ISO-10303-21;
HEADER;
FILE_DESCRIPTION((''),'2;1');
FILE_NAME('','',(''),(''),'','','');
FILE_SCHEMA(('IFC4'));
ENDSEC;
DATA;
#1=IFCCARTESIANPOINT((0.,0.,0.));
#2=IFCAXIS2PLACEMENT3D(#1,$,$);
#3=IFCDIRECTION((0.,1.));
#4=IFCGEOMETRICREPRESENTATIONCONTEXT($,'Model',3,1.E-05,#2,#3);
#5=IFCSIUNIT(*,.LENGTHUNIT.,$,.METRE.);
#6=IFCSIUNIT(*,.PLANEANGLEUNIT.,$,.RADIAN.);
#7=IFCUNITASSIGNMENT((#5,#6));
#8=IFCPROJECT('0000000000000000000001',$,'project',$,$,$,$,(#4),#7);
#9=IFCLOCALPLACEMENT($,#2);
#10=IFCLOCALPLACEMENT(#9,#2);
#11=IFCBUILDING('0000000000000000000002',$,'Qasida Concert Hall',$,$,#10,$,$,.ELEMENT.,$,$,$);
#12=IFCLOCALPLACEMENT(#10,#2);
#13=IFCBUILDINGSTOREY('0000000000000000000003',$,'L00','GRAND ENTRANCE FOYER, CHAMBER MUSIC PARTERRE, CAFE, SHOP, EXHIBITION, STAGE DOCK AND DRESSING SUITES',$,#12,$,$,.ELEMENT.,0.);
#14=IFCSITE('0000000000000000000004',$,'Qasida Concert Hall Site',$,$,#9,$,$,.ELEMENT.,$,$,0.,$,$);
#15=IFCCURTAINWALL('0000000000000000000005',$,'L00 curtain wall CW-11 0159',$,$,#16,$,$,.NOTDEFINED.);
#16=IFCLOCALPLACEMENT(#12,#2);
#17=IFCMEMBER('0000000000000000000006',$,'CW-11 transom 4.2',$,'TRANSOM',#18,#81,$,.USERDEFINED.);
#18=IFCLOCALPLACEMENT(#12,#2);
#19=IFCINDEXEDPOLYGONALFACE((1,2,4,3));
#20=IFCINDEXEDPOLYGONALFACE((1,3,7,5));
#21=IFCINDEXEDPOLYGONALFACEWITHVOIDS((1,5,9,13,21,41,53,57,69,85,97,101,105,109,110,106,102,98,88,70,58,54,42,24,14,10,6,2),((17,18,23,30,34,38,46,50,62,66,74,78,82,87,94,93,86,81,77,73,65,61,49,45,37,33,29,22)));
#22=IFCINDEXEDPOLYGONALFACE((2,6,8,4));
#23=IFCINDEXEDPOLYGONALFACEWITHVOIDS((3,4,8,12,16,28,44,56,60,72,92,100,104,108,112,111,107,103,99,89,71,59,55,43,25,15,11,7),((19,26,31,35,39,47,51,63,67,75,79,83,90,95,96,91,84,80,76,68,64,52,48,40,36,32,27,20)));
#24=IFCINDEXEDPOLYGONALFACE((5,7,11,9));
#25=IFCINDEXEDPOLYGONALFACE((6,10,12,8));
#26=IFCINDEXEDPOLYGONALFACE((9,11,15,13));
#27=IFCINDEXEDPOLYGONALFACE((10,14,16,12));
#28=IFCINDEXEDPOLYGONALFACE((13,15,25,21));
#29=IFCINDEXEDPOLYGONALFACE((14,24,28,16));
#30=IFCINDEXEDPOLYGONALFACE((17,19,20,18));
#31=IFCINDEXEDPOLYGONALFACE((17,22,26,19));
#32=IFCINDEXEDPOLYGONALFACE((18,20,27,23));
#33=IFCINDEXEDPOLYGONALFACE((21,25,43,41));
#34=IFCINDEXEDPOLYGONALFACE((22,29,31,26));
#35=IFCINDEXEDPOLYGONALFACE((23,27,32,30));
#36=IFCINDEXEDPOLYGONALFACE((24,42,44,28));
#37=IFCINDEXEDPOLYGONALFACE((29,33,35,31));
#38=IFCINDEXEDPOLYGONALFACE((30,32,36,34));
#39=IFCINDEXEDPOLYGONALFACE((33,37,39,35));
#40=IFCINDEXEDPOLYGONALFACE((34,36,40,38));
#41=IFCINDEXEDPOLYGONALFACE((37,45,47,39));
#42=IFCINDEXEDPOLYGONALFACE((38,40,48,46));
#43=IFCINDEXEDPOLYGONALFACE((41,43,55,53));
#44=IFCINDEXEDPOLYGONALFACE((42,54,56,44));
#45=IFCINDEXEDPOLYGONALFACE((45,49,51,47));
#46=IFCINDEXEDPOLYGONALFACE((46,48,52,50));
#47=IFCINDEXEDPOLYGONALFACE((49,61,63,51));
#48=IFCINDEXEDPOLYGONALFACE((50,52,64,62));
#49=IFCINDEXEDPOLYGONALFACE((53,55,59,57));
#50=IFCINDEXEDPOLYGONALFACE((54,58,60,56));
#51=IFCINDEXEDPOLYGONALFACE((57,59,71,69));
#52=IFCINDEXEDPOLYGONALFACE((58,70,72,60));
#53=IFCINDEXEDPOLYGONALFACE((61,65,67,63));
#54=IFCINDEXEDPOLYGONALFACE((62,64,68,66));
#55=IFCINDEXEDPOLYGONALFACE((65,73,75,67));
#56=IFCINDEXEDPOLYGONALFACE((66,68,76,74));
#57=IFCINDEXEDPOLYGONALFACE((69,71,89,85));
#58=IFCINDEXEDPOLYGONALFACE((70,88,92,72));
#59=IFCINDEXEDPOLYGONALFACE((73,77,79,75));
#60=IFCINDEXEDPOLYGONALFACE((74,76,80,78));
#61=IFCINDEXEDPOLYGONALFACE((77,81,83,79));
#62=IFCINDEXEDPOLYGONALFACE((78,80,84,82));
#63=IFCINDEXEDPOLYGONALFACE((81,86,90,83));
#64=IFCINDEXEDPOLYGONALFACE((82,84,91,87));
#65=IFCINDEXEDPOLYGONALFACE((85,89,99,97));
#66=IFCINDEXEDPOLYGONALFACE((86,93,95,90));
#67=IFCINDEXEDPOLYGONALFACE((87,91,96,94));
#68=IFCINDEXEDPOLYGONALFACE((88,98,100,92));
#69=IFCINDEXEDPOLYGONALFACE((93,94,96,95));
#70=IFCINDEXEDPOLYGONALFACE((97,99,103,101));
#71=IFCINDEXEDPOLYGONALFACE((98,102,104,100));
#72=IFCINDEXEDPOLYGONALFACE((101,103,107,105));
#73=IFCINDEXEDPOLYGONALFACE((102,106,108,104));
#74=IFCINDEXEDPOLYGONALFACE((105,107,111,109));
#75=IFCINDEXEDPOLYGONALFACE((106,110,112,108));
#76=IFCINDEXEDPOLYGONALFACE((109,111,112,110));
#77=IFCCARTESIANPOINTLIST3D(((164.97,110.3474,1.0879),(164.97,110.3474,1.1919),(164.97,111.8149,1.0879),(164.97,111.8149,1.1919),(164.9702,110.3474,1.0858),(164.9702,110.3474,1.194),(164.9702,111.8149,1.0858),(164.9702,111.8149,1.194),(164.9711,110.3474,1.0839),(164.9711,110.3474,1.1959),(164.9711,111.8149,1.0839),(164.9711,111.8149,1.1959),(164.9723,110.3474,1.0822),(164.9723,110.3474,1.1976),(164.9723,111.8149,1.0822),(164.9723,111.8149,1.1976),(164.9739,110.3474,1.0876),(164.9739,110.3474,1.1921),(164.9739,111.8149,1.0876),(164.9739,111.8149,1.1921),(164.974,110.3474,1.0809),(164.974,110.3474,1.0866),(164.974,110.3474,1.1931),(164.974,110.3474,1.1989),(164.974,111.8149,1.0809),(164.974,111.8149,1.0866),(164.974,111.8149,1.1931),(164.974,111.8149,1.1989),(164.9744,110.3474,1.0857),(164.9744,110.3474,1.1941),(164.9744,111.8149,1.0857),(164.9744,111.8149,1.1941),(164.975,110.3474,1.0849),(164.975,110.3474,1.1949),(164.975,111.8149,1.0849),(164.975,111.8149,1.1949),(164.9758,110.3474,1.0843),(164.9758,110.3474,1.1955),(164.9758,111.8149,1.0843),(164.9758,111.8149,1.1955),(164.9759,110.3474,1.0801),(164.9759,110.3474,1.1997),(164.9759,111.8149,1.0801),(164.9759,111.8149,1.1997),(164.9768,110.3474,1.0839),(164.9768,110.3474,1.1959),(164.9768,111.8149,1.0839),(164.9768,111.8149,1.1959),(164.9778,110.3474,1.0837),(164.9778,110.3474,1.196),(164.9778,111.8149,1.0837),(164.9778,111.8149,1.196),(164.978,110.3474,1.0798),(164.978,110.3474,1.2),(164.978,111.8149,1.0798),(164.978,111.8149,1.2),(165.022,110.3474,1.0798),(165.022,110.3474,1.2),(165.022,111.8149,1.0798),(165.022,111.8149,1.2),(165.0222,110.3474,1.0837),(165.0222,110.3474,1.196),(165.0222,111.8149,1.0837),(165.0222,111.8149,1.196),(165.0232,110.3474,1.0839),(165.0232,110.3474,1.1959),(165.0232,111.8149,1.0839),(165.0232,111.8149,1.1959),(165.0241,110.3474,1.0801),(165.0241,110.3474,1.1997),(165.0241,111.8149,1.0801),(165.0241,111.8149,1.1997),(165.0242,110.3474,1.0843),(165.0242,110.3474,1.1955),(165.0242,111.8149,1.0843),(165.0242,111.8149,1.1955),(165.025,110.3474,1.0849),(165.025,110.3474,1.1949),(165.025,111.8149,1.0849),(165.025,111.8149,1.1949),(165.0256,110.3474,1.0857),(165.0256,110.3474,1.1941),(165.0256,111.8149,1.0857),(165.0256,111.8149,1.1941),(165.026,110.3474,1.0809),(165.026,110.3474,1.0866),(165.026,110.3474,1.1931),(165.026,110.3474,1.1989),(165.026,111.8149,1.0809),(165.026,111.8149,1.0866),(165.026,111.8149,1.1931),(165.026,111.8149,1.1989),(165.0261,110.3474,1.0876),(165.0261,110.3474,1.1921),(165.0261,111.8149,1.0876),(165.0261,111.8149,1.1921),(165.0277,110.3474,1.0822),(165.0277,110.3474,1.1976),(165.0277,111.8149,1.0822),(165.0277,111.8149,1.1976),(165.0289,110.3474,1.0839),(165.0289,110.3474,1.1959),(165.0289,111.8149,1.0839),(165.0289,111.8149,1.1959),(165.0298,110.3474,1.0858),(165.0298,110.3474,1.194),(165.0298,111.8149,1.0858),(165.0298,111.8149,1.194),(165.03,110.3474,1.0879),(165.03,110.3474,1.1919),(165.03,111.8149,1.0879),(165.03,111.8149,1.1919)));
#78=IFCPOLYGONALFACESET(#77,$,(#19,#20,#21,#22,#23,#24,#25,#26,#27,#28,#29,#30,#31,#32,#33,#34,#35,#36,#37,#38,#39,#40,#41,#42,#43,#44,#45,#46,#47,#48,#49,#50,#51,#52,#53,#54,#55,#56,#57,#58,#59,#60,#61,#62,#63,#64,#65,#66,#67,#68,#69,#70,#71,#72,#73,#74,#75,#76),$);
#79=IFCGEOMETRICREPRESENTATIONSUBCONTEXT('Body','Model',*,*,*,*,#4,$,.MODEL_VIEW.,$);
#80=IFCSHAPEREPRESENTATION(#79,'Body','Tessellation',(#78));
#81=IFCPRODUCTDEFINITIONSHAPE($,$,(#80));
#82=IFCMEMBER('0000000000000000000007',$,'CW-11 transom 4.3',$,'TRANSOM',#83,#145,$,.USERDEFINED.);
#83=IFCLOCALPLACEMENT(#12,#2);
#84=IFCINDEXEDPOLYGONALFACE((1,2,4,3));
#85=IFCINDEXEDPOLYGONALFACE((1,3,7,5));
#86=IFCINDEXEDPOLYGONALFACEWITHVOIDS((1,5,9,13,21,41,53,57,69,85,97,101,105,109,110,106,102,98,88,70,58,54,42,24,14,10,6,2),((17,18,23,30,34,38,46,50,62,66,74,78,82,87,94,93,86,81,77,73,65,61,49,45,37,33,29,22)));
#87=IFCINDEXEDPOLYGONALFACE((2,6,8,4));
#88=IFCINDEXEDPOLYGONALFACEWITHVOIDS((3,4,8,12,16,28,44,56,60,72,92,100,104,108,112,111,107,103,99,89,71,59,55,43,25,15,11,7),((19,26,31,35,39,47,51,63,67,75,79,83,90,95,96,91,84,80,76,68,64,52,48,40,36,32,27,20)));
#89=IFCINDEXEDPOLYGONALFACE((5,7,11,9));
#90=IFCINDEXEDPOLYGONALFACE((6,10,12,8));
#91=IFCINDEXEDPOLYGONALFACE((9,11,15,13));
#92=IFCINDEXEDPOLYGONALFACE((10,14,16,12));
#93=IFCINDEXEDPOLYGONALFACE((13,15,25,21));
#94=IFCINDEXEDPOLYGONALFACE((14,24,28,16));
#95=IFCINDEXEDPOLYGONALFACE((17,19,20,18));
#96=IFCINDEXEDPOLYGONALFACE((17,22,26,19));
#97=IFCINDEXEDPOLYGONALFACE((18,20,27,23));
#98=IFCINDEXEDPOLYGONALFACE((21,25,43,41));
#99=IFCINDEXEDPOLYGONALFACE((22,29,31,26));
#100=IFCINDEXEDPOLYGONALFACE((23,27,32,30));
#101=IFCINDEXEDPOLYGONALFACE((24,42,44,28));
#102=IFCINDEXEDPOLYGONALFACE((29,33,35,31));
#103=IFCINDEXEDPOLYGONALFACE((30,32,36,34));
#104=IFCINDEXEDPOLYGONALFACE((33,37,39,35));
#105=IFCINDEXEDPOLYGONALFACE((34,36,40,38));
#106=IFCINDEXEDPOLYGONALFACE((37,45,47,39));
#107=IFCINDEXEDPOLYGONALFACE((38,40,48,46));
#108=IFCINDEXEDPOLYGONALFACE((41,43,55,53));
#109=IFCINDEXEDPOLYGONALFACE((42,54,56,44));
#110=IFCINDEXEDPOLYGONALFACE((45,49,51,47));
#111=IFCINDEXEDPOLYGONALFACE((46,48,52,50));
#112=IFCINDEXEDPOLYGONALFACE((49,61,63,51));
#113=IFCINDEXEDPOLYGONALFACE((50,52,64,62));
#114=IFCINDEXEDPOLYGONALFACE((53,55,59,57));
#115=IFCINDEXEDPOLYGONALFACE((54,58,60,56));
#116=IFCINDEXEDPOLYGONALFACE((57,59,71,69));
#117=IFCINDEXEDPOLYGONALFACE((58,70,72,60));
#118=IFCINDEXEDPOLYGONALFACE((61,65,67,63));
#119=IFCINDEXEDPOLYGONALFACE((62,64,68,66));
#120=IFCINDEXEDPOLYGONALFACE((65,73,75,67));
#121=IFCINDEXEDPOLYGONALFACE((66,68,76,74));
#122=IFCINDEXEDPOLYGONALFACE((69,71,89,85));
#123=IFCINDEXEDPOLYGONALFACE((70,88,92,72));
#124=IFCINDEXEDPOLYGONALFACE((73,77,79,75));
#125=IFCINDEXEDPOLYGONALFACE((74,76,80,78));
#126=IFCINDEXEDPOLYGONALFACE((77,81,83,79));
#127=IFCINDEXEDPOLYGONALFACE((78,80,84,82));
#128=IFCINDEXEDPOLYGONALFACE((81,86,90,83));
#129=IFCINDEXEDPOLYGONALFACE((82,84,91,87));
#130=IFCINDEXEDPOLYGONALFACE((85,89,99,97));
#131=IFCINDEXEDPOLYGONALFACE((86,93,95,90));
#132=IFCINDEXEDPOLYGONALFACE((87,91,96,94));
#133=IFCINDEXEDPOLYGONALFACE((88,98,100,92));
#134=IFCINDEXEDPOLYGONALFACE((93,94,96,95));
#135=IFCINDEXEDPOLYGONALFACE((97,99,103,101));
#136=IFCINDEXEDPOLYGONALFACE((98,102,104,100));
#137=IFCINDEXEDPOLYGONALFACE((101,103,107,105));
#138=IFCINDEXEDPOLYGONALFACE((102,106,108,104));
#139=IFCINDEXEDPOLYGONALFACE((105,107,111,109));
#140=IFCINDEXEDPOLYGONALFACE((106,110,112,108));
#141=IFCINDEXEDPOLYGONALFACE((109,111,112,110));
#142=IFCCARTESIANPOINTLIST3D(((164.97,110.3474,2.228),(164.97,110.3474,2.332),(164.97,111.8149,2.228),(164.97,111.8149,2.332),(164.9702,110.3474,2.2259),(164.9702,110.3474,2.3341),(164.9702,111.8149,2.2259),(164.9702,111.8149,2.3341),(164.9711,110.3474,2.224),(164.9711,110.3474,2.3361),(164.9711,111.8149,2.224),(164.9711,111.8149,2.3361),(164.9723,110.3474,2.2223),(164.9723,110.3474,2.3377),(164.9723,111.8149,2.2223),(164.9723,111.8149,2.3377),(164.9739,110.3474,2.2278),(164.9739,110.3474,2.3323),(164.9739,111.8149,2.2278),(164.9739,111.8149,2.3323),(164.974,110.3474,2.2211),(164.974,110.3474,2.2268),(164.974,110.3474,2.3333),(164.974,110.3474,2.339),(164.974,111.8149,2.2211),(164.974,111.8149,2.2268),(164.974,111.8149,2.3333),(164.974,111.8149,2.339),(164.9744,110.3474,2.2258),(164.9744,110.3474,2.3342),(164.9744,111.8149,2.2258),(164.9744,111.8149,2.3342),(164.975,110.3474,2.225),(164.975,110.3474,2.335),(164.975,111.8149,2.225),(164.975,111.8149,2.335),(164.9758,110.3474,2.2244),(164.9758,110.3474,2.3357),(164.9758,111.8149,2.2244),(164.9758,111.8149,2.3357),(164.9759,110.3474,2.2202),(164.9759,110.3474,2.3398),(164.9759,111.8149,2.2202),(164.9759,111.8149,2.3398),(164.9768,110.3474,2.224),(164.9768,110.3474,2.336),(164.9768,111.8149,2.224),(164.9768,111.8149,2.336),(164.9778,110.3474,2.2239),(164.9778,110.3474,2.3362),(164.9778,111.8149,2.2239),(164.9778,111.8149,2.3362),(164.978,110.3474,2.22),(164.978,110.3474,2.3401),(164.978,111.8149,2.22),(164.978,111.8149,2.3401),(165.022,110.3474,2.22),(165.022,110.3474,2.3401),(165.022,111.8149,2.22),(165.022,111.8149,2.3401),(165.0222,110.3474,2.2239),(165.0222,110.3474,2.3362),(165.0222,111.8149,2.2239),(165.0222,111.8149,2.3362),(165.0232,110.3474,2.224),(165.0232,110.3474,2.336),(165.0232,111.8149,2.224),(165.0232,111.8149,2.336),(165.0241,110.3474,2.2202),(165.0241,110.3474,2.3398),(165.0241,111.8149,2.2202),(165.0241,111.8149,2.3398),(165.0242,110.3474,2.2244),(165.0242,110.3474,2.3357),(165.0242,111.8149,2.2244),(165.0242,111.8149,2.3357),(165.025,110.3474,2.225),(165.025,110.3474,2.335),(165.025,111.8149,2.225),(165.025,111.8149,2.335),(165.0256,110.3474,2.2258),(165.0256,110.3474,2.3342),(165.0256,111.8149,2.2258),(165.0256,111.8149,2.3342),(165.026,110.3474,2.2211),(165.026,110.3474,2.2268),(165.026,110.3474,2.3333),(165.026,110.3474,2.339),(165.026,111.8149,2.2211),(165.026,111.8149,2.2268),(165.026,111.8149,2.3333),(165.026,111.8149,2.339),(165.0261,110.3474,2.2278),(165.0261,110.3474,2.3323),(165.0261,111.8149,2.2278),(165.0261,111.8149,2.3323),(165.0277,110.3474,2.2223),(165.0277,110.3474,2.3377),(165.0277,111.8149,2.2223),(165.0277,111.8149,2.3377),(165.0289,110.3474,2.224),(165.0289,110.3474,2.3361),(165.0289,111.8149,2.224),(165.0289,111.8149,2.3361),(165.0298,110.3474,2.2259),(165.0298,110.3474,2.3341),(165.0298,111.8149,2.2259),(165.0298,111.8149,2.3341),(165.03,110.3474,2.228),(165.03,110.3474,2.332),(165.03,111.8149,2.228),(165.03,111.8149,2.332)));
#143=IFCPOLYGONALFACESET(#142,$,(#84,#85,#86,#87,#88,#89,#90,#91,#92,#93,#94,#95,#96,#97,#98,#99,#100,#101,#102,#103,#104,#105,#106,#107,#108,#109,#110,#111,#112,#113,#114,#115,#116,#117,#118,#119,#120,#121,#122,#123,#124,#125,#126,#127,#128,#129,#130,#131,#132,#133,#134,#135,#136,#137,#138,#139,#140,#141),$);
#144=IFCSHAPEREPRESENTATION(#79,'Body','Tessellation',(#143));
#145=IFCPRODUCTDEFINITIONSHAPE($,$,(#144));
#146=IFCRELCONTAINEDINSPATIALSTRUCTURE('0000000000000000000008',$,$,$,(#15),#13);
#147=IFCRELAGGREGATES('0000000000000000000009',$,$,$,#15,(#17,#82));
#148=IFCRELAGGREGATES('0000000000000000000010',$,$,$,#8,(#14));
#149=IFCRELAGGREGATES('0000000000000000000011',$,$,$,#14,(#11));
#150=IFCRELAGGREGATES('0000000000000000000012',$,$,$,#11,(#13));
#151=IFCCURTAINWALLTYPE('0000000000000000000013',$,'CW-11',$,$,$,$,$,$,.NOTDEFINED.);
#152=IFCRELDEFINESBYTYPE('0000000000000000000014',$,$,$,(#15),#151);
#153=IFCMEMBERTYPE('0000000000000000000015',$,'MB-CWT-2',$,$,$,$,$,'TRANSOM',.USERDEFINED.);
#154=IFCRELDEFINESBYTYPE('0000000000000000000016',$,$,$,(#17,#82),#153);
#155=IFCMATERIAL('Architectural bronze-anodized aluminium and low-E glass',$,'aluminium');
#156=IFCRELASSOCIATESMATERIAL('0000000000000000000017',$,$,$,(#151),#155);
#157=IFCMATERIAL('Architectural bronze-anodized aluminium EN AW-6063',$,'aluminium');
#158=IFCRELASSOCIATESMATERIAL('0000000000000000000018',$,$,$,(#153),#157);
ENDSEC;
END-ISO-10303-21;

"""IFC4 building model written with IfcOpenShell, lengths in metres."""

from ifc_helpers import new_model, si_unit, direction, frame, origin, origin_2d, place, context, subcontext, project, spatial, hollow_rectangle, extrude, material, material_profile, profile_set, type_object, element, aggregate, save


model = new_model("IFC4")

# Units and contexts
model_context = context("Model", 3, precision=1e-05, world=origin(), true_north=direction((0.0, 1.0)))
body_context = subcontext(model_context, "Body", "Model", "MODEL_VIEW")
ifc_project = project(units=[si_unit("LENGTHUNIT", "METRE"), si_unit("PLANEANGLEUNIT", "RADIAN")], contexts=[model_context])

# Site, building, storey
site_placement = place(None, origin())
site = spatial("IfcSite", under=ifc_project, at=site_placement, Name="Qasida Concert Hall Site", CompositionType="ELEMENT", RefElevation=0.0)
building_placement = place(site_placement, origin())
building = spatial("IfcBuilding", under=site, at=building_placement, Name="Qasida Concert Hall", CompositionType="ELEMENT")
storey_placement = place(building_placement, origin())
storey = spatial("IfcBuildingStorey", under=building, at=storey_placement, Name="L00", Description="GRAND ENTRANCE FOYER, CHAMBER MUSIC PARTERRE, CAFE, SHOP, EXHIBITION, STAGE DOCK AND DRESSING SUITES", CompositionType="ELEMENT", Elevation=0.0)

# Curtain wall, members
ifc_material_1 = material(Name="Architectural bronze-anodized aluminium and low-E glass", Category="aluminium")
curtain_wall_type = type_object("IfcCurtainWallType", Name="CW-11", PredefinedType="NOTDEFINED", material=ifc_material_1)
curtain_wall_placement = place(storey_placement, origin())
curtain_wall = element("IfcCurtainWall", 1, at=curtain_wall_placement, inside=storey, type_object=curtain_wall_type, Name="L00 curtain wall CW-11 0159", PredefinedType="NOTDEFINED")
ifc_material_2 = material(Name="Architectural bronze-anodized aluminium EN AW-6063", Category="aluminium")
ifc_material_profile_1 = material_profile(ifc_material_2, hollow_rectangle(XDim=0.0601, YDim=0.1201, WallThickness=0.0039, InnerFilletRadius=0.0039, OuterFilletRadius=0.0081, at=origin_2d()), Name="CWT 120x60x4")
ifc_profile_set_1 = profile_set([ifc_material_profile_1], Name="Architectural bronze-anodized aluminium EN AW-6063")
member_type_1 = type_object("IfcMemberType", Name="MB-CWT-2", ElementType="TRANSOM", PredefinedType="USERDEFINED", material=ifc_profile_set_1)
member_1_placement = place(storey_placement, frame((165.0, 110.3474, 1.1399), z_axis=(0.0, 1.0, 0.0), x_axis=(-1.0, 0.0, 0.0)))
member_1 = element("IfcMember", 2, at=member_1_placement, type_object=member_type_1, Name="CW-11 transom 4.2", ObjectType="TRANSOM", PredefinedType="USERDEFINED", context=body_context, shape_type="SweptSolid", body=[
    extrude(hollow_rectangle(XDim=0.0601, YDim=0.1201, WallThickness=0.0039, InnerFilletRadius=0.0039, OuterFilletRadius=0.0081, at=origin_2d()), origin(), (0.0, 0.0, 1.0), 1.4675),
])
member_2_placement = place(storey_placement, frame((165.0, 110.3474, 2.28), z_axis=(0.0, 1.0, 0.0), x_axis=(-1.0, 0.0, 0.0)))
member_2 = element("IfcMember", 3, at=member_2_placement, type_object=member_type_1, Name="CW-11 transom 4.3", ObjectType="TRANSOM", PredefinedType="USERDEFINED", context=body_context, shape_type="SweptSolid", body=[
    extrude(hollow_rectangle(XDim=0.0601, YDim=0.1201, WallThickness=0.0039, InnerFilletRadius=0.0039, OuterFilletRadius=0.0081, at=origin_2d()), origin(), (0.0, 0.0, 1.0), 1.4675),
])
aggregate(curtain_wall, [member_1, member_2])

save(model, "model.ifc")
